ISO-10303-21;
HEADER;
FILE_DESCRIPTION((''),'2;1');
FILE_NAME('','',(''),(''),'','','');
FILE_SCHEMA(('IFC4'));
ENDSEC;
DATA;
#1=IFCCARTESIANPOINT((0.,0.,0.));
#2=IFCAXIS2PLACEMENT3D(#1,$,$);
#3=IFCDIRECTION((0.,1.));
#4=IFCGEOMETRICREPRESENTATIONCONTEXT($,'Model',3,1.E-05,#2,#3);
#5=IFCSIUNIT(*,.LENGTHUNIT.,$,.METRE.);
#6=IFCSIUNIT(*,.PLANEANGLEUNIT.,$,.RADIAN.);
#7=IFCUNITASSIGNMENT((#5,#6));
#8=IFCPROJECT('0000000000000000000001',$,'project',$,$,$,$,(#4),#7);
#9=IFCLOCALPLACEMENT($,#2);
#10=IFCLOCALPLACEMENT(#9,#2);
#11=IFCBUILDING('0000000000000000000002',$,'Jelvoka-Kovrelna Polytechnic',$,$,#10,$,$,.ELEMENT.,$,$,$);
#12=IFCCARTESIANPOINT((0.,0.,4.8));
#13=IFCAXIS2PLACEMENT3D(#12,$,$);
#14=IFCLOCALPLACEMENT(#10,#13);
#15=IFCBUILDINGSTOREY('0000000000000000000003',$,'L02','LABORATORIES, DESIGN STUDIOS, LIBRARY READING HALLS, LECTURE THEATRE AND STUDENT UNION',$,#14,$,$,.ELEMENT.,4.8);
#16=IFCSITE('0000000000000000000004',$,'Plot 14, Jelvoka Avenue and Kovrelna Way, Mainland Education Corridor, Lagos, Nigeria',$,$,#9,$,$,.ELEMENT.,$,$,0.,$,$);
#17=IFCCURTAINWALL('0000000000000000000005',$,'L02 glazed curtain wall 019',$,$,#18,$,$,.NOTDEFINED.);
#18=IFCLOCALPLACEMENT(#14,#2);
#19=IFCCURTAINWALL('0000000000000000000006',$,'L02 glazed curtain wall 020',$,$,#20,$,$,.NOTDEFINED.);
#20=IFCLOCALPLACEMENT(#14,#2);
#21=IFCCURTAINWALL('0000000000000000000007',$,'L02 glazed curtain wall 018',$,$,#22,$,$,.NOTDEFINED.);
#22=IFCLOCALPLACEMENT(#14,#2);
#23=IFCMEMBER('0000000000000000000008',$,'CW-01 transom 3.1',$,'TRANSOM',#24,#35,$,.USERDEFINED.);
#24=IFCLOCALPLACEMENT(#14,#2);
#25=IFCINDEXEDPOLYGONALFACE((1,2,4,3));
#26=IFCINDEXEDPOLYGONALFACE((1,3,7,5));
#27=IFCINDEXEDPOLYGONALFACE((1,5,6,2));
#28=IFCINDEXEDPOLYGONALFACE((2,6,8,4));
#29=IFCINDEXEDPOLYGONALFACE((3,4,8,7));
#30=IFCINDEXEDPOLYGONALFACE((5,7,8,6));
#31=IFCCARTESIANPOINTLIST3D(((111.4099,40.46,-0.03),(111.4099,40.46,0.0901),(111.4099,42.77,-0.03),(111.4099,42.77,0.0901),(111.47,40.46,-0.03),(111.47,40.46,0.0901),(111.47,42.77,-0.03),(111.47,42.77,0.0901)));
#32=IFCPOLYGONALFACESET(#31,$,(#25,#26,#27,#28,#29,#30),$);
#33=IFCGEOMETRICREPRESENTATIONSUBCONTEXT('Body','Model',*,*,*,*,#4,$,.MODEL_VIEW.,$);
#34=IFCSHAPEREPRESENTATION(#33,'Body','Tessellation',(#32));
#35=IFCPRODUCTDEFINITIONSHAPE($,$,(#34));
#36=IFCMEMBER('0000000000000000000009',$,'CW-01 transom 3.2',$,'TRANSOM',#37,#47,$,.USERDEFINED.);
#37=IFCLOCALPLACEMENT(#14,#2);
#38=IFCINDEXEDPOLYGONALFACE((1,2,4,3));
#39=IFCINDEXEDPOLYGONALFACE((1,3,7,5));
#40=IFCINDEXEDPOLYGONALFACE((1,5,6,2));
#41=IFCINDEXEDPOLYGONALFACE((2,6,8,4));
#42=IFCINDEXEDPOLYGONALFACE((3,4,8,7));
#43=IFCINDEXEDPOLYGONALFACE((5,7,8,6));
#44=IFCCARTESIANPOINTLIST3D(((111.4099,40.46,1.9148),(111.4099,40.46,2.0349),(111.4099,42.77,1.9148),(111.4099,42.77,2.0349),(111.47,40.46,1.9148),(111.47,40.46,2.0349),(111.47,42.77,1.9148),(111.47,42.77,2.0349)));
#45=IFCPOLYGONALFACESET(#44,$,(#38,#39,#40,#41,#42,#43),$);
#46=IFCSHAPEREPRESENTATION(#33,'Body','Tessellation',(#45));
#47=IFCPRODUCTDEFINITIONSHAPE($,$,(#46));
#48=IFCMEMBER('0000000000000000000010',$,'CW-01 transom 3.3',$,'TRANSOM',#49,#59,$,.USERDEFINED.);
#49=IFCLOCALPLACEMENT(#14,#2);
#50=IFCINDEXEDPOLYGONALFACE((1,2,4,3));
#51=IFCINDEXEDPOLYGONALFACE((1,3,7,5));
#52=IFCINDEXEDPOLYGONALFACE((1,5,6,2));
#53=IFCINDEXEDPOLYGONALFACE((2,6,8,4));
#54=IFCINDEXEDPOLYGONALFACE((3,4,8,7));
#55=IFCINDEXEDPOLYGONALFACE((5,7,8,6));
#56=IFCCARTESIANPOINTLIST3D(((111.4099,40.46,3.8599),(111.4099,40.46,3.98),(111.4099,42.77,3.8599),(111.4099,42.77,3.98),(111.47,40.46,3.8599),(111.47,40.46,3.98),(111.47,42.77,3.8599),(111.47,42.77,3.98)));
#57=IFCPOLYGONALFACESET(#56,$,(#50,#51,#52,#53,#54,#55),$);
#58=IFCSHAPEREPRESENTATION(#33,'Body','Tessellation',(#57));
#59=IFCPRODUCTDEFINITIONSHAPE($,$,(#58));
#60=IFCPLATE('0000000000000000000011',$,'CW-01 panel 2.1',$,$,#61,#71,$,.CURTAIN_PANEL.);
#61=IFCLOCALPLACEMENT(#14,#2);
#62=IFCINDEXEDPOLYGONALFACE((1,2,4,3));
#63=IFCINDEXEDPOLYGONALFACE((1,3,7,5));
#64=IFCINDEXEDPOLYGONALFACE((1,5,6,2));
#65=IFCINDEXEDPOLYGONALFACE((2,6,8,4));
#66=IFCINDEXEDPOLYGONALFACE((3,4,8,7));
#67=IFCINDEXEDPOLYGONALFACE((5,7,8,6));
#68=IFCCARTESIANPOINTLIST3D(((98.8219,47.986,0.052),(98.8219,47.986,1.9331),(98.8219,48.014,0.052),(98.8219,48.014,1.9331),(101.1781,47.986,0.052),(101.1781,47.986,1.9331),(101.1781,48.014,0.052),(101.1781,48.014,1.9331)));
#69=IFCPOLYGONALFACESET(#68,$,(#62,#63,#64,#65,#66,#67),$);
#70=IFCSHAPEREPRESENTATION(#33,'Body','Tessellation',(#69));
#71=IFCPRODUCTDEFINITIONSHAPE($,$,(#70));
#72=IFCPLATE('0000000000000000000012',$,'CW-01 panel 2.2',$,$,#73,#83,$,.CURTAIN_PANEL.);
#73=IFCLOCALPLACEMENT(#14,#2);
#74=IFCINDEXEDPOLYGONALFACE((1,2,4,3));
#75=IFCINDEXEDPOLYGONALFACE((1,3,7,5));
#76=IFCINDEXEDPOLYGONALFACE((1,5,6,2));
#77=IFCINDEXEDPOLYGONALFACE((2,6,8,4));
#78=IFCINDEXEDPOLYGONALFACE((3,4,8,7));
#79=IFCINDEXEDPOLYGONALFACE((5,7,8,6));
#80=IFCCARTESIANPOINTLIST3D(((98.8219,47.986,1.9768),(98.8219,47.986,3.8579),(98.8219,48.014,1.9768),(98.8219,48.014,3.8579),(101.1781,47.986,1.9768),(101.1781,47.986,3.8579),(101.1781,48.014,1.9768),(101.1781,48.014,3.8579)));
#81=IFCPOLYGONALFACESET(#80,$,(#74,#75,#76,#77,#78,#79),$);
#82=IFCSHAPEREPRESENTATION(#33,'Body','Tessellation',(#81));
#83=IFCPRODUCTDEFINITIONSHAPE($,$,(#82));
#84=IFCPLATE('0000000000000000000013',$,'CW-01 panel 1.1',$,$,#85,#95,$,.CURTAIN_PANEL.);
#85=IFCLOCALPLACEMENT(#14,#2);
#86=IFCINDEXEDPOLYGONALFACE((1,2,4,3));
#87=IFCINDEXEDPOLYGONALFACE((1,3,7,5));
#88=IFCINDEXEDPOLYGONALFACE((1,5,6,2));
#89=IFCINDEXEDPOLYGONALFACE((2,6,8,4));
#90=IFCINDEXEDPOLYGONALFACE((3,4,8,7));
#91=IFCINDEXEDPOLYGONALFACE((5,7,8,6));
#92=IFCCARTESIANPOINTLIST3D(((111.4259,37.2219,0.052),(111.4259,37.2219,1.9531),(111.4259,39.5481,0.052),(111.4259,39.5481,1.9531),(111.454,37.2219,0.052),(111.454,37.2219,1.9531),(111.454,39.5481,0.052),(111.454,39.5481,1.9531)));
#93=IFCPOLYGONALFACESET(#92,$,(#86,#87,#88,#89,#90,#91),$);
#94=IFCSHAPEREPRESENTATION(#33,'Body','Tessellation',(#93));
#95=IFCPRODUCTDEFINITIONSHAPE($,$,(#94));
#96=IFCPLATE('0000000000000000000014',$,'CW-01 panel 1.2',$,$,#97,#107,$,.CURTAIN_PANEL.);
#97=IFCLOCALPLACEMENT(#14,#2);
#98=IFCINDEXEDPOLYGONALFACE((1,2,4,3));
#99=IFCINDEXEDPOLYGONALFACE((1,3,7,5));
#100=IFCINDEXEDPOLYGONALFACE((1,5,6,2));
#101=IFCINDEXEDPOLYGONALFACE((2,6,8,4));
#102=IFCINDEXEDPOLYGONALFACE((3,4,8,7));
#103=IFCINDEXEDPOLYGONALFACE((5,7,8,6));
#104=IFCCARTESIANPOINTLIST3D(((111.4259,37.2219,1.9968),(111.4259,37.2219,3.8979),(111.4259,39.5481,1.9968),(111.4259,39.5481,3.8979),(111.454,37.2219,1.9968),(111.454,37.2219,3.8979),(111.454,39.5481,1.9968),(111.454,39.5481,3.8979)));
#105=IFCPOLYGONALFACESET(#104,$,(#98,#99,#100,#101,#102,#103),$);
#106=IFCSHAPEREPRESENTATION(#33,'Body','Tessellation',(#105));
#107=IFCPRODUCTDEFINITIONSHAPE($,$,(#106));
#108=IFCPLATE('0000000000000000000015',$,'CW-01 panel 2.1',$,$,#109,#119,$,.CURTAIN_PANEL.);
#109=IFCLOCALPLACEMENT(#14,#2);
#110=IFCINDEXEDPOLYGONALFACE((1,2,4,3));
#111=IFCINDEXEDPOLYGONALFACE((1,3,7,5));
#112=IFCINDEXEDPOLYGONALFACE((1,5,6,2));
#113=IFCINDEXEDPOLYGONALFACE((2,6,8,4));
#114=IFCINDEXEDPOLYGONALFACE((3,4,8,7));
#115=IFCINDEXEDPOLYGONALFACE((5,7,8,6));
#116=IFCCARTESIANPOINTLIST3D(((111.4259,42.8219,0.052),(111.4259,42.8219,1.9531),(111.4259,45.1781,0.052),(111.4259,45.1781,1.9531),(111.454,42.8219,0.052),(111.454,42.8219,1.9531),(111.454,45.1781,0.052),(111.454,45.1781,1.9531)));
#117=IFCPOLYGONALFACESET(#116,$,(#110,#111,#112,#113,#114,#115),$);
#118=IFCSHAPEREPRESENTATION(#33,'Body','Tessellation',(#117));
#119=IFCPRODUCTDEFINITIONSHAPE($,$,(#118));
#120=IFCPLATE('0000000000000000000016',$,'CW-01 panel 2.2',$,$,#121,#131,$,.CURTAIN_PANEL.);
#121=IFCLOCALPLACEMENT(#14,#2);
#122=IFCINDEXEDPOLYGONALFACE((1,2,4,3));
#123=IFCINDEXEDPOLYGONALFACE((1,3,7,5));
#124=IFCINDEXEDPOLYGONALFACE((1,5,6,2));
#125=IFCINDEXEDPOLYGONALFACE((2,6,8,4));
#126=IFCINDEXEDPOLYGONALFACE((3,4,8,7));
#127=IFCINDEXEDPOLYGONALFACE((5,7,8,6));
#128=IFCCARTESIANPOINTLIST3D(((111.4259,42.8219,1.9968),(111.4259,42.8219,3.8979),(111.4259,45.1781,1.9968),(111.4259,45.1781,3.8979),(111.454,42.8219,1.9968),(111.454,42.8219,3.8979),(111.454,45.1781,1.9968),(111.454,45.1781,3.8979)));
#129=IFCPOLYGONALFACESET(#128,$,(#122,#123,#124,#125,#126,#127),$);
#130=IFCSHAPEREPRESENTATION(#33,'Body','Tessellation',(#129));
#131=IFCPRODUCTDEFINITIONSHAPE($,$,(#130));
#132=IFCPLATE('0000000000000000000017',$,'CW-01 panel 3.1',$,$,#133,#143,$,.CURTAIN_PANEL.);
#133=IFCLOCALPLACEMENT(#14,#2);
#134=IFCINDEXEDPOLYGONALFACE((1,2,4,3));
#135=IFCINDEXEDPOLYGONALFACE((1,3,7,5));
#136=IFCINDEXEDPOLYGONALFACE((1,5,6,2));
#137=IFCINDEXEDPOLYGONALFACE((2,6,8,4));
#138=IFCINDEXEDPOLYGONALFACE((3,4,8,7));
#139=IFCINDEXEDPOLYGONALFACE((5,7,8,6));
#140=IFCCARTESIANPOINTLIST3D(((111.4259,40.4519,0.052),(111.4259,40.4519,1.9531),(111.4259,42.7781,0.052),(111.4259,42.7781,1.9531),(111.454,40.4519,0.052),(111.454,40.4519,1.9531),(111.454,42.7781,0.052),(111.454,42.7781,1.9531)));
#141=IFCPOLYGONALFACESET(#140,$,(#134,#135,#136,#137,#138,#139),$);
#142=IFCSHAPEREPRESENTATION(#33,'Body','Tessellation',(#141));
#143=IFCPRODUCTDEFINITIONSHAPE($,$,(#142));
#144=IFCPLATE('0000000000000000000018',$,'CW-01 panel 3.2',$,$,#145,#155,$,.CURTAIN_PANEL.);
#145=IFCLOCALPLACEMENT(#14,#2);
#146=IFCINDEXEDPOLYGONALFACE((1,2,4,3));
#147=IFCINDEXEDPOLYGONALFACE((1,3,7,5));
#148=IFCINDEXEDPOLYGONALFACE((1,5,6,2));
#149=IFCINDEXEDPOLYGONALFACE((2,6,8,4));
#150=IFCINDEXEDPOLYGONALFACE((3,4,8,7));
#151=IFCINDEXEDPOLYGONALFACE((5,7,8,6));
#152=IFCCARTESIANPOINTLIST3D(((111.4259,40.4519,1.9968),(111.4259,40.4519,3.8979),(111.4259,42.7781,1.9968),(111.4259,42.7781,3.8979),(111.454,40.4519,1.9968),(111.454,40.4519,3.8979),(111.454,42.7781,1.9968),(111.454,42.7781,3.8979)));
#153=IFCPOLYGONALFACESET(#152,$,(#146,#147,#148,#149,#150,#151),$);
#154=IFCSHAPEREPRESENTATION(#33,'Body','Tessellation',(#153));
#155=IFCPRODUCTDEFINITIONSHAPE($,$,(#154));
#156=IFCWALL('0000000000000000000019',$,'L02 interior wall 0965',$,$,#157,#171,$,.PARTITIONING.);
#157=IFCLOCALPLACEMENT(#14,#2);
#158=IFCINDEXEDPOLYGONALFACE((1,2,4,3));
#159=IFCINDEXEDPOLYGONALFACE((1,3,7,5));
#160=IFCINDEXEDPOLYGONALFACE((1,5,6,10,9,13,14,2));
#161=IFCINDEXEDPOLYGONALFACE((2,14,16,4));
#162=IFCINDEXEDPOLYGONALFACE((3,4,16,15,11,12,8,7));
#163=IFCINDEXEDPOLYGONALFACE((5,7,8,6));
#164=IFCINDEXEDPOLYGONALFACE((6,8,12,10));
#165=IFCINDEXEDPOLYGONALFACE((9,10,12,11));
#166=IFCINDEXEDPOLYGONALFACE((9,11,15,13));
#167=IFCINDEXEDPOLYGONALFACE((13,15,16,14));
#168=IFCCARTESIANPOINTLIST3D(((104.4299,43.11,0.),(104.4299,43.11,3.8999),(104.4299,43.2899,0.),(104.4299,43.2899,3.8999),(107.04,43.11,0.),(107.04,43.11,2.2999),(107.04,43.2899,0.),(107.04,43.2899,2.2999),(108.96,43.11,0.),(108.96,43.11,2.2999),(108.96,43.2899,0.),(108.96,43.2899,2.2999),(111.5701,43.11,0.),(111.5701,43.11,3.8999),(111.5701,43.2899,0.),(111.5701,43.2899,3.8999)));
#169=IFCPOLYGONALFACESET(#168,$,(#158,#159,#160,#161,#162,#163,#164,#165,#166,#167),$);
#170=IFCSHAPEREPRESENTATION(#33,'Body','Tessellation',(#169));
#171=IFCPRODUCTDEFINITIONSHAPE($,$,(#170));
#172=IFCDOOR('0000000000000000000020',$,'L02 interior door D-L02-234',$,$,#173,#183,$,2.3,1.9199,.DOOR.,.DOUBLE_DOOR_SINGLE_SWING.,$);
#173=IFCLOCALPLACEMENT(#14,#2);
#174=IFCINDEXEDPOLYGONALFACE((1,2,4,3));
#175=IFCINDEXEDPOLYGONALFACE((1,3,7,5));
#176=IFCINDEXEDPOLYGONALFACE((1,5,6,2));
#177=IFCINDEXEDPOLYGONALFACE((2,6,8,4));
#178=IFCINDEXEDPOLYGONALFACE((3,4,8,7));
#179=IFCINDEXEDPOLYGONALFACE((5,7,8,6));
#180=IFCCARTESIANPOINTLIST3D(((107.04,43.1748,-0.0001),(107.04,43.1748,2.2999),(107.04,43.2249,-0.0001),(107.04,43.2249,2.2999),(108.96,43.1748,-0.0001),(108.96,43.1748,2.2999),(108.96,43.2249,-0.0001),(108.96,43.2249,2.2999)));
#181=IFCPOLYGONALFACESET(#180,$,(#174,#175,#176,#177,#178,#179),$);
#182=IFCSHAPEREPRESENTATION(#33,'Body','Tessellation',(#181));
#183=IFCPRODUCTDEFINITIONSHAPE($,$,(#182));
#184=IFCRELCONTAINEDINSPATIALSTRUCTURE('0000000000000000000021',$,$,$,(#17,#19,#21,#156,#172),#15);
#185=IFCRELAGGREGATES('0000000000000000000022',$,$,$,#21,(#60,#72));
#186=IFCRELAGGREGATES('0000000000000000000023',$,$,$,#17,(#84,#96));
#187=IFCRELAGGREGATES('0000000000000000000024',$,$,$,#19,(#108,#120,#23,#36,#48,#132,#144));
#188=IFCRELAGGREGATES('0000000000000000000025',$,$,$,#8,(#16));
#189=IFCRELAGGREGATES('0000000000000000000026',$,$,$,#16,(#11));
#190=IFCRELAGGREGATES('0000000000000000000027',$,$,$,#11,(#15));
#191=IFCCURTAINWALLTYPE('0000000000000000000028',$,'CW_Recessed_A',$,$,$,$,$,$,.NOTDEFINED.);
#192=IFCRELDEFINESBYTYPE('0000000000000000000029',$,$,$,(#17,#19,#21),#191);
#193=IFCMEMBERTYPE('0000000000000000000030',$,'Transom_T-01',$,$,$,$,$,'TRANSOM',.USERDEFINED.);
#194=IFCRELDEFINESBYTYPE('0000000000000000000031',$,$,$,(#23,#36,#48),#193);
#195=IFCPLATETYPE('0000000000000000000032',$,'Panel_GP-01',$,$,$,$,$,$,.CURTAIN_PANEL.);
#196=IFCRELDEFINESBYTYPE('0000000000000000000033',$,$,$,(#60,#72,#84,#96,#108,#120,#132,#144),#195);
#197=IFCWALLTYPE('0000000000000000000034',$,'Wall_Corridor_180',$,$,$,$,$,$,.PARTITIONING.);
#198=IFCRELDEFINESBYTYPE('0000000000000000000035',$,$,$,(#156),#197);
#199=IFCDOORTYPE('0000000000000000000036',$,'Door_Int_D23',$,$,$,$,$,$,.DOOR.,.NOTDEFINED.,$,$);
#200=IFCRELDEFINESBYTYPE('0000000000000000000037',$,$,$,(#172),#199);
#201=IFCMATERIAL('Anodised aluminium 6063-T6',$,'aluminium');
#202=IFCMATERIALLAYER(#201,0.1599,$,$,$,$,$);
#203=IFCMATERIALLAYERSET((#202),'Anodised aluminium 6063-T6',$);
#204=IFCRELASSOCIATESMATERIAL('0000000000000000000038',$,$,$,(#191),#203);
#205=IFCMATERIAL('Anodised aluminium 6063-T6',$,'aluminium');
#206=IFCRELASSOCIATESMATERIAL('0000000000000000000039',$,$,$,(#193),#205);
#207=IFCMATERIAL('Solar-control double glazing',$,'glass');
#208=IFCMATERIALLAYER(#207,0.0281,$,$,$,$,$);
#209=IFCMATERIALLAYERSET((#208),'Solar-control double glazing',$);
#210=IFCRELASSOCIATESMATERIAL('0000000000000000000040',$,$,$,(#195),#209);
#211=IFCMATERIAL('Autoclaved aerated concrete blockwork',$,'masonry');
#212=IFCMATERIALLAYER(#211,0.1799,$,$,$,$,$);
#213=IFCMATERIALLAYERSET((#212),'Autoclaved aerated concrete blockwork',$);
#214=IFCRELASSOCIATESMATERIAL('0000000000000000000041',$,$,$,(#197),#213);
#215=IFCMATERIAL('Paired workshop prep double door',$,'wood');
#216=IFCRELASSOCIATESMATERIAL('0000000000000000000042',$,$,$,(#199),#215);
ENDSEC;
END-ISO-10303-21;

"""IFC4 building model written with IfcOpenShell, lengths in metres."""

from ifc_helpers import new_model, si_unit, direction, frame, frame_2d, origin, origin_2d, place, context, subcontext, project, spatial, rectangle, extrude, material, layer, layer_set, material_profile, profile_set, type_object, element, fill, aggregate, save


model = new_model("IFC4")

# Units and contexts
model_context = context("Model", 3, precision=1e-05, world=origin(), true_north=direction((0.0, 1.0)))
body_context = subcontext(model_context, "Body", "Model", "MODEL_VIEW")
ifc_project = project(units=[si_unit("LENGTHUNIT", "METRE"), si_unit("PLANEANGLEUNIT", "RADIAN")], contexts=[model_context])

# Site, building, storey
site_placement = place(None, origin())
site = spatial("IfcSite", under=ifc_project, at=site_placement, Name="Plot 14, Jelvoka Avenue and Kovrelna Way, Mainland Education Corridor, Lagos, Nigeria", CompositionType="ELEMENT", RefElevation=0.0)
building_placement = place(site_placement, origin())
building = spatial("IfcBuilding", under=site, at=building_placement, Name="Jelvoka-Kovrelna Polytechnic", CompositionType="ELEMENT")
storey_placement = place(building_placement, frame((0.0, 0.0, 4.8)))
storey = spatial("IfcBuildingStorey", under=building, at=storey_placement, Name="L02", Description="LABORATORIES, DESIGN STUDIOS, LIBRARY READING HALLS, LECTURE THEATRE AND STUDENT UNION", CompositionType="ELEMENT", Elevation=4.8)

# Curtain walls
ifc_material_1 = material(Name="Anodised aluminium 6063-T6", Category="aluminium")
ifc_layer_1 = layer(ifc_material_1, 0.1599)
ifc_layer_set_1 = layer_set([ifc_layer_1], Name="Anodised aluminium 6063-T6")
curtain_wall_type = type_object("IfcCurtainWallType", Name="CW_Recessed_A", PredefinedType="NOTDEFINED", material=ifc_layer_set_1)
curtain_wall_1_placement = place(storey_placement, origin())
curtain_wall_1 = element("IfcCurtainWall", 1, at=curtain_wall_1_placement, inside=storey, type_object=curtain_wall_type, Name="L02 glazed curtain wall 019", PredefinedType="NOTDEFINED")
curtain_wall_2_placement = place(storey_placement, origin())
curtain_wall_2 = element("IfcCurtainWall", 2, at=curtain_wall_2_placement, inside=storey, type_object=curtain_wall_type, Name="L02 glazed curtain wall 020", PredefinedType="NOTDEFINED")

# Curtain wall
curtain_wall_3_placement = place(storey_placement, origin())
curtain_wall_3 = element("IfcCurtainWall", 3, at=curtain_wall_3_placement, inside=storey, type_object=curtain_wall_type, Name="L02 glazed curtain wall 018", PredefinedType="NOTDEFINED")
ifc_material_2 = material(Name="Anodised aluminium 6063-T6", Category="aluminium")
ifc_material_profile_1 = material_profile(ifc_material_2, rectangle(XDim=0.0601, YDim=0.1201, at=origin_2d()), Name="ALU 60x120")
ifc_profile_set_1 = profile_set([ifc_material_profile_1], Name="Anodised aluminium 6063-T6")
member_type_1 = type_object("IfcMemberType", Name="Transom_T-01", ElementType="TRANSOM", PredefinedType="USERDEFINED", material=ifc_profile_set_1)

# Members
member_1_placement = place(storey_placement, frame((111.4399, 42.77, 0.03), z_axis=(0.0, -1.0, 0.0), x_axis=(1.0, 0.0, 0.0)))
member_1 = element("IfcMember", 4, at=member_1_placement, type_object=member_type_1, Name="CW-01 transom 3.1", ObjectType="TRANSOM", PredefinedType="USERDEFINED", context=body_context, shape_type="SweptSolid", body=[
    extrude(rectangle(XDim=0.0601, YDim=0.1201, at=origin_2d()), origin(), (0.0, 0.0, 1.0), 2.3101),
])
member_2_placement = place(storey_placement, frame((111.4399, 42.77, 1.9749), z_axis=(0.0, -1.0, 0.0), x_axis=(1.0, 0.0, 0.0)))
member_2 = element("IfcMember", 5, at=member_2_placement, type_object=member_type_1, Name="CW-01 transom 3.2", ObjectType="TRANSOM", PredefinedType="USERDEFINED", context=body_context, shape_type="SweptSolid", body=[
    extrude(rectangle(XDim=0.0601, YDim=0.1201, at=origin_2d()), origin(), (0.0, 0.0, 1.0), 2.3101),
])
member_3_placement = place(storey_placement, frame((111.4399, 42.77, 3.9199), z_axis=(0.0, -1.0, 0.0), x_axis=(1.0, 0.0, 0.0)))
member_3 = element("IfcMember", 6, at=member_3_placement, type_object=member_type_1, Name="CW-01 transom 3.3", ObjectType="TRANSOM", PredefinedType="USERDEFINED", context=body_context, shape_type="SweptSolid", body=[
    extrude(rectangle(XDim=0.0601, YDim=0.1201, at=origin_2d()), origin(), (0.0, 0.0, 1.0), 2.3101),
])

# Plates
ifc_material_3 = material(Name="Solar-control double glazing", Category="glass")
ifc_layer_2 = layer(ifc_material_3, 0.0281)
ifc_layer_set_2 = layer_set([ifc_layer_2], Name="Solar-control double glazing")
plate_type = type_object("IfcPlateType", Name="Panel_GP-01", PredefinedType="CURTAIN_PANEL", material=ifc_layer_set_2)
plate_1_placement = place(storey_placement, frame((100.0, 48.0, 0.052), z_axis=(0.0, 0.0, 1.0), x_axis=(1.0, 0.0, 0.0)))
plate_1 = element("IfcPlate", 7, at=plate_1_placement, type_object=plate_type, Name="CW-01 panel 2.1", PredefinedType="CURTAIN_PANEL", context=body_context, shape_type="SweptSolid", body=[
    extrude(rectangle(XDim=2.3562, YDim=0.0281, at=origin_2d()), origin(), (0.0, 0.0, 1.0), 1.8811),
])
plate_2_placement = place(storey_placement, frame((100.0, 48.0, 1.9768), z_axis=(0.0, 0.0, 1.0), x_axis=(1.0, 0.0, 0.0)))
plate_2 = element("IfcPlate", 8, at=plate_2_placement, type_object=plate_type, Name="CW-01 panel 2.2", PredefinedType="CURTAIN_PANEL", context=body_context, shape_type="SweptSolid", body=[
    extrude(rectangle(XDim=2.3562, YDim=0.0281, at=origin_2d()), origin(), (0.0, 0.0, 1.0), 1.8811),
])
aggregate(curtain_wall_3, [plate_1, plate_2])
plate_3_placement = place(storey_placement, frame((111.4399, 38.385, 0.052), z_axis=(0.0, 0.0, 1.0), x_axis=(0.0, -1.0, 0.0)))
plate_3 = element("IfcPlate", 9, at=plate_3_placement, type_object=plate_type, Name="CW-01 panel 1.1", PredefinedType="CURTAIN_PANEL", context=body_context, shape_type="SweptSolid", body=[
    extrude(rectangle(XDim=2.3262, YDim=0.0281, at=origin_2d()), origin(), (0.0, 0.0, 1.0), 1.9011),
])
plate_4_placement = place(storey_placement, frame((111.4399, 38.385, 1.9968), z_axis=(0.0, 0.0, 1.0), x_axis=(0.0, -1.0, 0.0)))
plate_4 = element("IfcPlate", 10, at=plate_4_placement, type_object=plate_type, Name="CW-01 panel 1.2", PredefinedType="CURTAIN_PANEL", context=body_context, shape_type="SweptSolid", body=[
    extrude(rectangle(XDim=2.3262, YDim=0.0281, at=origin_2d()), origin(), (0.0, 0.0, 1.0), 1.9011),
])
aggregate(curtain_wall_1, [plate_3, plate_4])
plate_5_placement = place(storey_placement, frame((111.4399, 44.0, 0.052), z_axis=(0.0, 0.0, 1.0), x_axis=(0.0, -1.0, 0.0)))
plate_5 = element("IfcPlate", 11, at=plate_5_placement, type_object=plate_type, Name="CW-01 panel 2.1", PredefinedType="CURTAIN_PANEL", context=body_context, shape_type="SweptSolid", body=[
    extrude(rectangle(XDim=2.3562, YDim=0.0281, at=origin_2d()), origin(), (0.0, 0.0, 1.0), 1.9011),
])
plate_6_placement = place(storey_placement, frame((111.4399, 44.0, 1.9968), z_axis=(0.0, 0.0, 1.0), x_axis=(0.0, -1.0, 0.0)))
plate_6 = element("IfcPlate", 12, at=plate_6_placement, type_object=plate_type, Name="CW-01 panel 2.2", PredefinedType="CURTAIN_PANEL", context=body_context, shape_type="SweptSolid", body=[
    extrude(rectangle(XDim=2.3562, YDim=0.0281, at=origin_2d()), origin(), (0.0, 0.0, 1.0), 1.9011),
])
plate_7_placement = place(storey_placement, frame((111.4399, 41.615, 0.052), z_axis=(0.0, 0.0, 1.0), x_axis=(0.0, -1.0, 0.0)))
plate_7 = element("IfcPlate", 13, at=plate_7_placement, type_object=plate_type, Name="CW-01 panel 3.1", PredefinedType="CURTAIN_PANEL", context=body_context, shape_type="SweptSolid", body=[
    extrude(rectangle(XDim=2.3262, YDim=0.0281, at=origin_2d()), origin(), (0.0, 0.0, 1.0), 1.9011),
])
plate_8_placement = place(storey_placement, frame((111.4399, 41.615, 1.9968), z_axis=(0.0, 0.0, 1.0), x_axis=(0.0, -1.0, 0.0)))
plate_8 = element("IfcPlate", 14, at=plate_8_placement, type_object=plate_type, Name="CW-01 panel 3.2", PredefinedType="CURTAIN_PANEL", context=body_context, shape_type="SweptSolid", body=[
    extrude(rectangle(XDim=2.3262, YDim=0.0281, at=origin_2d()), origin(), (0.0, 0.0, 1.0), 1.9011),
])
aggregate(curtain_wall_2, [plate_5, plate_6, member_1, member_2, member_3, plate_7, plate_8])

# Wall, opening, door
ifc_material_4 = material(Name="Autoclaved aerated concrete blockwork", Category="masonry")
ifc_layer_3 = layer(ifc_material_4, 0.1799)
ifc_layer_set_3 = layer_set([ifc_layer_3], Name="Autoclaved aerated concrete blockwork")
wall_type_1 = type_object("IfcWallType", Name="Wall_Corridor_180", PredefinedType="PARTITIONING", material=ifc_layer_set_3)
wall_1_placement = place(storey_placement, frame((104.4299, 43.2, 0.0), z_axis=(0.0, 0.0, 1.0), x_axis=(1.0, 0.0, 0.0)))
wall_1 = element("IfcWall", 15, at=wall_1_placement, inside=storey, type_object=wall_type_1, Name="L02 interior wall 0965", PredefinedType="PARTITIONING", context=body_context, shape_type="SweptSolid", body=[
    extrude(rectangle(XDim=7.1401, YDim=0.1799, at=frame_2d((3.5701, 0.0))), origin(), (0.0, 0.0, 1.0), 3.8999),
])
opening_placement = place(wall_1_placement, frame((2.6101, 0.0, 0.0)))
opening = element("IfcOpeningElement", 16, at=opening_placement, cuts=wall_1, PredefinedType="OPENING", context=body_context, shape_type="SweptSolid", body=[
    extrude(rectangle(XDim=1.9199, YDim=2.3, at=frame_2d((0.96, 1.1499))), frame((0.0, 0.0999, 0.0), z_axis=(0.0, -1.0, 0.0), x_axis=(1.0, 0.0, 0.0)), (0.0, 0.0, 1.0), 0.2),
])
ifc_material_5 = material(Name="Paired workshop prep double door", Category="wood")
door_type = type_object("IfcDoorType", Name="Door_Int_D23", OperationType="NOTDEFINED", PredefinedType="DOOR", material=ifc_material_5)
door_placement = place(opening_placement, origin())
door = element("IfcDoor", 17, at=door_placement, inside=storey, type_object=door_type, Name="L02 interior door D-L02-234", OperationType="DOUBLE_DOOR_SINGLE_SWING", OverallHeight=2.3, OverallWidth=1.9199, PredefinedType="DOOR", context=body_context, shape_type="SweptSolid", body=[
    extrude(rectangle(XDim=1.9199, YDim=2.3, at=frame_2d((0.96, 1.1499))), frame((0.0, 0.0249, 0.0), z_axis=(0.0, -1.0, 0.0), x_axis=(1.0, 0.0, 0.0)), (0.0, 0.0, 1.0), 0.05),
])
fill(opening, door)

save(model, "model.ifc")
